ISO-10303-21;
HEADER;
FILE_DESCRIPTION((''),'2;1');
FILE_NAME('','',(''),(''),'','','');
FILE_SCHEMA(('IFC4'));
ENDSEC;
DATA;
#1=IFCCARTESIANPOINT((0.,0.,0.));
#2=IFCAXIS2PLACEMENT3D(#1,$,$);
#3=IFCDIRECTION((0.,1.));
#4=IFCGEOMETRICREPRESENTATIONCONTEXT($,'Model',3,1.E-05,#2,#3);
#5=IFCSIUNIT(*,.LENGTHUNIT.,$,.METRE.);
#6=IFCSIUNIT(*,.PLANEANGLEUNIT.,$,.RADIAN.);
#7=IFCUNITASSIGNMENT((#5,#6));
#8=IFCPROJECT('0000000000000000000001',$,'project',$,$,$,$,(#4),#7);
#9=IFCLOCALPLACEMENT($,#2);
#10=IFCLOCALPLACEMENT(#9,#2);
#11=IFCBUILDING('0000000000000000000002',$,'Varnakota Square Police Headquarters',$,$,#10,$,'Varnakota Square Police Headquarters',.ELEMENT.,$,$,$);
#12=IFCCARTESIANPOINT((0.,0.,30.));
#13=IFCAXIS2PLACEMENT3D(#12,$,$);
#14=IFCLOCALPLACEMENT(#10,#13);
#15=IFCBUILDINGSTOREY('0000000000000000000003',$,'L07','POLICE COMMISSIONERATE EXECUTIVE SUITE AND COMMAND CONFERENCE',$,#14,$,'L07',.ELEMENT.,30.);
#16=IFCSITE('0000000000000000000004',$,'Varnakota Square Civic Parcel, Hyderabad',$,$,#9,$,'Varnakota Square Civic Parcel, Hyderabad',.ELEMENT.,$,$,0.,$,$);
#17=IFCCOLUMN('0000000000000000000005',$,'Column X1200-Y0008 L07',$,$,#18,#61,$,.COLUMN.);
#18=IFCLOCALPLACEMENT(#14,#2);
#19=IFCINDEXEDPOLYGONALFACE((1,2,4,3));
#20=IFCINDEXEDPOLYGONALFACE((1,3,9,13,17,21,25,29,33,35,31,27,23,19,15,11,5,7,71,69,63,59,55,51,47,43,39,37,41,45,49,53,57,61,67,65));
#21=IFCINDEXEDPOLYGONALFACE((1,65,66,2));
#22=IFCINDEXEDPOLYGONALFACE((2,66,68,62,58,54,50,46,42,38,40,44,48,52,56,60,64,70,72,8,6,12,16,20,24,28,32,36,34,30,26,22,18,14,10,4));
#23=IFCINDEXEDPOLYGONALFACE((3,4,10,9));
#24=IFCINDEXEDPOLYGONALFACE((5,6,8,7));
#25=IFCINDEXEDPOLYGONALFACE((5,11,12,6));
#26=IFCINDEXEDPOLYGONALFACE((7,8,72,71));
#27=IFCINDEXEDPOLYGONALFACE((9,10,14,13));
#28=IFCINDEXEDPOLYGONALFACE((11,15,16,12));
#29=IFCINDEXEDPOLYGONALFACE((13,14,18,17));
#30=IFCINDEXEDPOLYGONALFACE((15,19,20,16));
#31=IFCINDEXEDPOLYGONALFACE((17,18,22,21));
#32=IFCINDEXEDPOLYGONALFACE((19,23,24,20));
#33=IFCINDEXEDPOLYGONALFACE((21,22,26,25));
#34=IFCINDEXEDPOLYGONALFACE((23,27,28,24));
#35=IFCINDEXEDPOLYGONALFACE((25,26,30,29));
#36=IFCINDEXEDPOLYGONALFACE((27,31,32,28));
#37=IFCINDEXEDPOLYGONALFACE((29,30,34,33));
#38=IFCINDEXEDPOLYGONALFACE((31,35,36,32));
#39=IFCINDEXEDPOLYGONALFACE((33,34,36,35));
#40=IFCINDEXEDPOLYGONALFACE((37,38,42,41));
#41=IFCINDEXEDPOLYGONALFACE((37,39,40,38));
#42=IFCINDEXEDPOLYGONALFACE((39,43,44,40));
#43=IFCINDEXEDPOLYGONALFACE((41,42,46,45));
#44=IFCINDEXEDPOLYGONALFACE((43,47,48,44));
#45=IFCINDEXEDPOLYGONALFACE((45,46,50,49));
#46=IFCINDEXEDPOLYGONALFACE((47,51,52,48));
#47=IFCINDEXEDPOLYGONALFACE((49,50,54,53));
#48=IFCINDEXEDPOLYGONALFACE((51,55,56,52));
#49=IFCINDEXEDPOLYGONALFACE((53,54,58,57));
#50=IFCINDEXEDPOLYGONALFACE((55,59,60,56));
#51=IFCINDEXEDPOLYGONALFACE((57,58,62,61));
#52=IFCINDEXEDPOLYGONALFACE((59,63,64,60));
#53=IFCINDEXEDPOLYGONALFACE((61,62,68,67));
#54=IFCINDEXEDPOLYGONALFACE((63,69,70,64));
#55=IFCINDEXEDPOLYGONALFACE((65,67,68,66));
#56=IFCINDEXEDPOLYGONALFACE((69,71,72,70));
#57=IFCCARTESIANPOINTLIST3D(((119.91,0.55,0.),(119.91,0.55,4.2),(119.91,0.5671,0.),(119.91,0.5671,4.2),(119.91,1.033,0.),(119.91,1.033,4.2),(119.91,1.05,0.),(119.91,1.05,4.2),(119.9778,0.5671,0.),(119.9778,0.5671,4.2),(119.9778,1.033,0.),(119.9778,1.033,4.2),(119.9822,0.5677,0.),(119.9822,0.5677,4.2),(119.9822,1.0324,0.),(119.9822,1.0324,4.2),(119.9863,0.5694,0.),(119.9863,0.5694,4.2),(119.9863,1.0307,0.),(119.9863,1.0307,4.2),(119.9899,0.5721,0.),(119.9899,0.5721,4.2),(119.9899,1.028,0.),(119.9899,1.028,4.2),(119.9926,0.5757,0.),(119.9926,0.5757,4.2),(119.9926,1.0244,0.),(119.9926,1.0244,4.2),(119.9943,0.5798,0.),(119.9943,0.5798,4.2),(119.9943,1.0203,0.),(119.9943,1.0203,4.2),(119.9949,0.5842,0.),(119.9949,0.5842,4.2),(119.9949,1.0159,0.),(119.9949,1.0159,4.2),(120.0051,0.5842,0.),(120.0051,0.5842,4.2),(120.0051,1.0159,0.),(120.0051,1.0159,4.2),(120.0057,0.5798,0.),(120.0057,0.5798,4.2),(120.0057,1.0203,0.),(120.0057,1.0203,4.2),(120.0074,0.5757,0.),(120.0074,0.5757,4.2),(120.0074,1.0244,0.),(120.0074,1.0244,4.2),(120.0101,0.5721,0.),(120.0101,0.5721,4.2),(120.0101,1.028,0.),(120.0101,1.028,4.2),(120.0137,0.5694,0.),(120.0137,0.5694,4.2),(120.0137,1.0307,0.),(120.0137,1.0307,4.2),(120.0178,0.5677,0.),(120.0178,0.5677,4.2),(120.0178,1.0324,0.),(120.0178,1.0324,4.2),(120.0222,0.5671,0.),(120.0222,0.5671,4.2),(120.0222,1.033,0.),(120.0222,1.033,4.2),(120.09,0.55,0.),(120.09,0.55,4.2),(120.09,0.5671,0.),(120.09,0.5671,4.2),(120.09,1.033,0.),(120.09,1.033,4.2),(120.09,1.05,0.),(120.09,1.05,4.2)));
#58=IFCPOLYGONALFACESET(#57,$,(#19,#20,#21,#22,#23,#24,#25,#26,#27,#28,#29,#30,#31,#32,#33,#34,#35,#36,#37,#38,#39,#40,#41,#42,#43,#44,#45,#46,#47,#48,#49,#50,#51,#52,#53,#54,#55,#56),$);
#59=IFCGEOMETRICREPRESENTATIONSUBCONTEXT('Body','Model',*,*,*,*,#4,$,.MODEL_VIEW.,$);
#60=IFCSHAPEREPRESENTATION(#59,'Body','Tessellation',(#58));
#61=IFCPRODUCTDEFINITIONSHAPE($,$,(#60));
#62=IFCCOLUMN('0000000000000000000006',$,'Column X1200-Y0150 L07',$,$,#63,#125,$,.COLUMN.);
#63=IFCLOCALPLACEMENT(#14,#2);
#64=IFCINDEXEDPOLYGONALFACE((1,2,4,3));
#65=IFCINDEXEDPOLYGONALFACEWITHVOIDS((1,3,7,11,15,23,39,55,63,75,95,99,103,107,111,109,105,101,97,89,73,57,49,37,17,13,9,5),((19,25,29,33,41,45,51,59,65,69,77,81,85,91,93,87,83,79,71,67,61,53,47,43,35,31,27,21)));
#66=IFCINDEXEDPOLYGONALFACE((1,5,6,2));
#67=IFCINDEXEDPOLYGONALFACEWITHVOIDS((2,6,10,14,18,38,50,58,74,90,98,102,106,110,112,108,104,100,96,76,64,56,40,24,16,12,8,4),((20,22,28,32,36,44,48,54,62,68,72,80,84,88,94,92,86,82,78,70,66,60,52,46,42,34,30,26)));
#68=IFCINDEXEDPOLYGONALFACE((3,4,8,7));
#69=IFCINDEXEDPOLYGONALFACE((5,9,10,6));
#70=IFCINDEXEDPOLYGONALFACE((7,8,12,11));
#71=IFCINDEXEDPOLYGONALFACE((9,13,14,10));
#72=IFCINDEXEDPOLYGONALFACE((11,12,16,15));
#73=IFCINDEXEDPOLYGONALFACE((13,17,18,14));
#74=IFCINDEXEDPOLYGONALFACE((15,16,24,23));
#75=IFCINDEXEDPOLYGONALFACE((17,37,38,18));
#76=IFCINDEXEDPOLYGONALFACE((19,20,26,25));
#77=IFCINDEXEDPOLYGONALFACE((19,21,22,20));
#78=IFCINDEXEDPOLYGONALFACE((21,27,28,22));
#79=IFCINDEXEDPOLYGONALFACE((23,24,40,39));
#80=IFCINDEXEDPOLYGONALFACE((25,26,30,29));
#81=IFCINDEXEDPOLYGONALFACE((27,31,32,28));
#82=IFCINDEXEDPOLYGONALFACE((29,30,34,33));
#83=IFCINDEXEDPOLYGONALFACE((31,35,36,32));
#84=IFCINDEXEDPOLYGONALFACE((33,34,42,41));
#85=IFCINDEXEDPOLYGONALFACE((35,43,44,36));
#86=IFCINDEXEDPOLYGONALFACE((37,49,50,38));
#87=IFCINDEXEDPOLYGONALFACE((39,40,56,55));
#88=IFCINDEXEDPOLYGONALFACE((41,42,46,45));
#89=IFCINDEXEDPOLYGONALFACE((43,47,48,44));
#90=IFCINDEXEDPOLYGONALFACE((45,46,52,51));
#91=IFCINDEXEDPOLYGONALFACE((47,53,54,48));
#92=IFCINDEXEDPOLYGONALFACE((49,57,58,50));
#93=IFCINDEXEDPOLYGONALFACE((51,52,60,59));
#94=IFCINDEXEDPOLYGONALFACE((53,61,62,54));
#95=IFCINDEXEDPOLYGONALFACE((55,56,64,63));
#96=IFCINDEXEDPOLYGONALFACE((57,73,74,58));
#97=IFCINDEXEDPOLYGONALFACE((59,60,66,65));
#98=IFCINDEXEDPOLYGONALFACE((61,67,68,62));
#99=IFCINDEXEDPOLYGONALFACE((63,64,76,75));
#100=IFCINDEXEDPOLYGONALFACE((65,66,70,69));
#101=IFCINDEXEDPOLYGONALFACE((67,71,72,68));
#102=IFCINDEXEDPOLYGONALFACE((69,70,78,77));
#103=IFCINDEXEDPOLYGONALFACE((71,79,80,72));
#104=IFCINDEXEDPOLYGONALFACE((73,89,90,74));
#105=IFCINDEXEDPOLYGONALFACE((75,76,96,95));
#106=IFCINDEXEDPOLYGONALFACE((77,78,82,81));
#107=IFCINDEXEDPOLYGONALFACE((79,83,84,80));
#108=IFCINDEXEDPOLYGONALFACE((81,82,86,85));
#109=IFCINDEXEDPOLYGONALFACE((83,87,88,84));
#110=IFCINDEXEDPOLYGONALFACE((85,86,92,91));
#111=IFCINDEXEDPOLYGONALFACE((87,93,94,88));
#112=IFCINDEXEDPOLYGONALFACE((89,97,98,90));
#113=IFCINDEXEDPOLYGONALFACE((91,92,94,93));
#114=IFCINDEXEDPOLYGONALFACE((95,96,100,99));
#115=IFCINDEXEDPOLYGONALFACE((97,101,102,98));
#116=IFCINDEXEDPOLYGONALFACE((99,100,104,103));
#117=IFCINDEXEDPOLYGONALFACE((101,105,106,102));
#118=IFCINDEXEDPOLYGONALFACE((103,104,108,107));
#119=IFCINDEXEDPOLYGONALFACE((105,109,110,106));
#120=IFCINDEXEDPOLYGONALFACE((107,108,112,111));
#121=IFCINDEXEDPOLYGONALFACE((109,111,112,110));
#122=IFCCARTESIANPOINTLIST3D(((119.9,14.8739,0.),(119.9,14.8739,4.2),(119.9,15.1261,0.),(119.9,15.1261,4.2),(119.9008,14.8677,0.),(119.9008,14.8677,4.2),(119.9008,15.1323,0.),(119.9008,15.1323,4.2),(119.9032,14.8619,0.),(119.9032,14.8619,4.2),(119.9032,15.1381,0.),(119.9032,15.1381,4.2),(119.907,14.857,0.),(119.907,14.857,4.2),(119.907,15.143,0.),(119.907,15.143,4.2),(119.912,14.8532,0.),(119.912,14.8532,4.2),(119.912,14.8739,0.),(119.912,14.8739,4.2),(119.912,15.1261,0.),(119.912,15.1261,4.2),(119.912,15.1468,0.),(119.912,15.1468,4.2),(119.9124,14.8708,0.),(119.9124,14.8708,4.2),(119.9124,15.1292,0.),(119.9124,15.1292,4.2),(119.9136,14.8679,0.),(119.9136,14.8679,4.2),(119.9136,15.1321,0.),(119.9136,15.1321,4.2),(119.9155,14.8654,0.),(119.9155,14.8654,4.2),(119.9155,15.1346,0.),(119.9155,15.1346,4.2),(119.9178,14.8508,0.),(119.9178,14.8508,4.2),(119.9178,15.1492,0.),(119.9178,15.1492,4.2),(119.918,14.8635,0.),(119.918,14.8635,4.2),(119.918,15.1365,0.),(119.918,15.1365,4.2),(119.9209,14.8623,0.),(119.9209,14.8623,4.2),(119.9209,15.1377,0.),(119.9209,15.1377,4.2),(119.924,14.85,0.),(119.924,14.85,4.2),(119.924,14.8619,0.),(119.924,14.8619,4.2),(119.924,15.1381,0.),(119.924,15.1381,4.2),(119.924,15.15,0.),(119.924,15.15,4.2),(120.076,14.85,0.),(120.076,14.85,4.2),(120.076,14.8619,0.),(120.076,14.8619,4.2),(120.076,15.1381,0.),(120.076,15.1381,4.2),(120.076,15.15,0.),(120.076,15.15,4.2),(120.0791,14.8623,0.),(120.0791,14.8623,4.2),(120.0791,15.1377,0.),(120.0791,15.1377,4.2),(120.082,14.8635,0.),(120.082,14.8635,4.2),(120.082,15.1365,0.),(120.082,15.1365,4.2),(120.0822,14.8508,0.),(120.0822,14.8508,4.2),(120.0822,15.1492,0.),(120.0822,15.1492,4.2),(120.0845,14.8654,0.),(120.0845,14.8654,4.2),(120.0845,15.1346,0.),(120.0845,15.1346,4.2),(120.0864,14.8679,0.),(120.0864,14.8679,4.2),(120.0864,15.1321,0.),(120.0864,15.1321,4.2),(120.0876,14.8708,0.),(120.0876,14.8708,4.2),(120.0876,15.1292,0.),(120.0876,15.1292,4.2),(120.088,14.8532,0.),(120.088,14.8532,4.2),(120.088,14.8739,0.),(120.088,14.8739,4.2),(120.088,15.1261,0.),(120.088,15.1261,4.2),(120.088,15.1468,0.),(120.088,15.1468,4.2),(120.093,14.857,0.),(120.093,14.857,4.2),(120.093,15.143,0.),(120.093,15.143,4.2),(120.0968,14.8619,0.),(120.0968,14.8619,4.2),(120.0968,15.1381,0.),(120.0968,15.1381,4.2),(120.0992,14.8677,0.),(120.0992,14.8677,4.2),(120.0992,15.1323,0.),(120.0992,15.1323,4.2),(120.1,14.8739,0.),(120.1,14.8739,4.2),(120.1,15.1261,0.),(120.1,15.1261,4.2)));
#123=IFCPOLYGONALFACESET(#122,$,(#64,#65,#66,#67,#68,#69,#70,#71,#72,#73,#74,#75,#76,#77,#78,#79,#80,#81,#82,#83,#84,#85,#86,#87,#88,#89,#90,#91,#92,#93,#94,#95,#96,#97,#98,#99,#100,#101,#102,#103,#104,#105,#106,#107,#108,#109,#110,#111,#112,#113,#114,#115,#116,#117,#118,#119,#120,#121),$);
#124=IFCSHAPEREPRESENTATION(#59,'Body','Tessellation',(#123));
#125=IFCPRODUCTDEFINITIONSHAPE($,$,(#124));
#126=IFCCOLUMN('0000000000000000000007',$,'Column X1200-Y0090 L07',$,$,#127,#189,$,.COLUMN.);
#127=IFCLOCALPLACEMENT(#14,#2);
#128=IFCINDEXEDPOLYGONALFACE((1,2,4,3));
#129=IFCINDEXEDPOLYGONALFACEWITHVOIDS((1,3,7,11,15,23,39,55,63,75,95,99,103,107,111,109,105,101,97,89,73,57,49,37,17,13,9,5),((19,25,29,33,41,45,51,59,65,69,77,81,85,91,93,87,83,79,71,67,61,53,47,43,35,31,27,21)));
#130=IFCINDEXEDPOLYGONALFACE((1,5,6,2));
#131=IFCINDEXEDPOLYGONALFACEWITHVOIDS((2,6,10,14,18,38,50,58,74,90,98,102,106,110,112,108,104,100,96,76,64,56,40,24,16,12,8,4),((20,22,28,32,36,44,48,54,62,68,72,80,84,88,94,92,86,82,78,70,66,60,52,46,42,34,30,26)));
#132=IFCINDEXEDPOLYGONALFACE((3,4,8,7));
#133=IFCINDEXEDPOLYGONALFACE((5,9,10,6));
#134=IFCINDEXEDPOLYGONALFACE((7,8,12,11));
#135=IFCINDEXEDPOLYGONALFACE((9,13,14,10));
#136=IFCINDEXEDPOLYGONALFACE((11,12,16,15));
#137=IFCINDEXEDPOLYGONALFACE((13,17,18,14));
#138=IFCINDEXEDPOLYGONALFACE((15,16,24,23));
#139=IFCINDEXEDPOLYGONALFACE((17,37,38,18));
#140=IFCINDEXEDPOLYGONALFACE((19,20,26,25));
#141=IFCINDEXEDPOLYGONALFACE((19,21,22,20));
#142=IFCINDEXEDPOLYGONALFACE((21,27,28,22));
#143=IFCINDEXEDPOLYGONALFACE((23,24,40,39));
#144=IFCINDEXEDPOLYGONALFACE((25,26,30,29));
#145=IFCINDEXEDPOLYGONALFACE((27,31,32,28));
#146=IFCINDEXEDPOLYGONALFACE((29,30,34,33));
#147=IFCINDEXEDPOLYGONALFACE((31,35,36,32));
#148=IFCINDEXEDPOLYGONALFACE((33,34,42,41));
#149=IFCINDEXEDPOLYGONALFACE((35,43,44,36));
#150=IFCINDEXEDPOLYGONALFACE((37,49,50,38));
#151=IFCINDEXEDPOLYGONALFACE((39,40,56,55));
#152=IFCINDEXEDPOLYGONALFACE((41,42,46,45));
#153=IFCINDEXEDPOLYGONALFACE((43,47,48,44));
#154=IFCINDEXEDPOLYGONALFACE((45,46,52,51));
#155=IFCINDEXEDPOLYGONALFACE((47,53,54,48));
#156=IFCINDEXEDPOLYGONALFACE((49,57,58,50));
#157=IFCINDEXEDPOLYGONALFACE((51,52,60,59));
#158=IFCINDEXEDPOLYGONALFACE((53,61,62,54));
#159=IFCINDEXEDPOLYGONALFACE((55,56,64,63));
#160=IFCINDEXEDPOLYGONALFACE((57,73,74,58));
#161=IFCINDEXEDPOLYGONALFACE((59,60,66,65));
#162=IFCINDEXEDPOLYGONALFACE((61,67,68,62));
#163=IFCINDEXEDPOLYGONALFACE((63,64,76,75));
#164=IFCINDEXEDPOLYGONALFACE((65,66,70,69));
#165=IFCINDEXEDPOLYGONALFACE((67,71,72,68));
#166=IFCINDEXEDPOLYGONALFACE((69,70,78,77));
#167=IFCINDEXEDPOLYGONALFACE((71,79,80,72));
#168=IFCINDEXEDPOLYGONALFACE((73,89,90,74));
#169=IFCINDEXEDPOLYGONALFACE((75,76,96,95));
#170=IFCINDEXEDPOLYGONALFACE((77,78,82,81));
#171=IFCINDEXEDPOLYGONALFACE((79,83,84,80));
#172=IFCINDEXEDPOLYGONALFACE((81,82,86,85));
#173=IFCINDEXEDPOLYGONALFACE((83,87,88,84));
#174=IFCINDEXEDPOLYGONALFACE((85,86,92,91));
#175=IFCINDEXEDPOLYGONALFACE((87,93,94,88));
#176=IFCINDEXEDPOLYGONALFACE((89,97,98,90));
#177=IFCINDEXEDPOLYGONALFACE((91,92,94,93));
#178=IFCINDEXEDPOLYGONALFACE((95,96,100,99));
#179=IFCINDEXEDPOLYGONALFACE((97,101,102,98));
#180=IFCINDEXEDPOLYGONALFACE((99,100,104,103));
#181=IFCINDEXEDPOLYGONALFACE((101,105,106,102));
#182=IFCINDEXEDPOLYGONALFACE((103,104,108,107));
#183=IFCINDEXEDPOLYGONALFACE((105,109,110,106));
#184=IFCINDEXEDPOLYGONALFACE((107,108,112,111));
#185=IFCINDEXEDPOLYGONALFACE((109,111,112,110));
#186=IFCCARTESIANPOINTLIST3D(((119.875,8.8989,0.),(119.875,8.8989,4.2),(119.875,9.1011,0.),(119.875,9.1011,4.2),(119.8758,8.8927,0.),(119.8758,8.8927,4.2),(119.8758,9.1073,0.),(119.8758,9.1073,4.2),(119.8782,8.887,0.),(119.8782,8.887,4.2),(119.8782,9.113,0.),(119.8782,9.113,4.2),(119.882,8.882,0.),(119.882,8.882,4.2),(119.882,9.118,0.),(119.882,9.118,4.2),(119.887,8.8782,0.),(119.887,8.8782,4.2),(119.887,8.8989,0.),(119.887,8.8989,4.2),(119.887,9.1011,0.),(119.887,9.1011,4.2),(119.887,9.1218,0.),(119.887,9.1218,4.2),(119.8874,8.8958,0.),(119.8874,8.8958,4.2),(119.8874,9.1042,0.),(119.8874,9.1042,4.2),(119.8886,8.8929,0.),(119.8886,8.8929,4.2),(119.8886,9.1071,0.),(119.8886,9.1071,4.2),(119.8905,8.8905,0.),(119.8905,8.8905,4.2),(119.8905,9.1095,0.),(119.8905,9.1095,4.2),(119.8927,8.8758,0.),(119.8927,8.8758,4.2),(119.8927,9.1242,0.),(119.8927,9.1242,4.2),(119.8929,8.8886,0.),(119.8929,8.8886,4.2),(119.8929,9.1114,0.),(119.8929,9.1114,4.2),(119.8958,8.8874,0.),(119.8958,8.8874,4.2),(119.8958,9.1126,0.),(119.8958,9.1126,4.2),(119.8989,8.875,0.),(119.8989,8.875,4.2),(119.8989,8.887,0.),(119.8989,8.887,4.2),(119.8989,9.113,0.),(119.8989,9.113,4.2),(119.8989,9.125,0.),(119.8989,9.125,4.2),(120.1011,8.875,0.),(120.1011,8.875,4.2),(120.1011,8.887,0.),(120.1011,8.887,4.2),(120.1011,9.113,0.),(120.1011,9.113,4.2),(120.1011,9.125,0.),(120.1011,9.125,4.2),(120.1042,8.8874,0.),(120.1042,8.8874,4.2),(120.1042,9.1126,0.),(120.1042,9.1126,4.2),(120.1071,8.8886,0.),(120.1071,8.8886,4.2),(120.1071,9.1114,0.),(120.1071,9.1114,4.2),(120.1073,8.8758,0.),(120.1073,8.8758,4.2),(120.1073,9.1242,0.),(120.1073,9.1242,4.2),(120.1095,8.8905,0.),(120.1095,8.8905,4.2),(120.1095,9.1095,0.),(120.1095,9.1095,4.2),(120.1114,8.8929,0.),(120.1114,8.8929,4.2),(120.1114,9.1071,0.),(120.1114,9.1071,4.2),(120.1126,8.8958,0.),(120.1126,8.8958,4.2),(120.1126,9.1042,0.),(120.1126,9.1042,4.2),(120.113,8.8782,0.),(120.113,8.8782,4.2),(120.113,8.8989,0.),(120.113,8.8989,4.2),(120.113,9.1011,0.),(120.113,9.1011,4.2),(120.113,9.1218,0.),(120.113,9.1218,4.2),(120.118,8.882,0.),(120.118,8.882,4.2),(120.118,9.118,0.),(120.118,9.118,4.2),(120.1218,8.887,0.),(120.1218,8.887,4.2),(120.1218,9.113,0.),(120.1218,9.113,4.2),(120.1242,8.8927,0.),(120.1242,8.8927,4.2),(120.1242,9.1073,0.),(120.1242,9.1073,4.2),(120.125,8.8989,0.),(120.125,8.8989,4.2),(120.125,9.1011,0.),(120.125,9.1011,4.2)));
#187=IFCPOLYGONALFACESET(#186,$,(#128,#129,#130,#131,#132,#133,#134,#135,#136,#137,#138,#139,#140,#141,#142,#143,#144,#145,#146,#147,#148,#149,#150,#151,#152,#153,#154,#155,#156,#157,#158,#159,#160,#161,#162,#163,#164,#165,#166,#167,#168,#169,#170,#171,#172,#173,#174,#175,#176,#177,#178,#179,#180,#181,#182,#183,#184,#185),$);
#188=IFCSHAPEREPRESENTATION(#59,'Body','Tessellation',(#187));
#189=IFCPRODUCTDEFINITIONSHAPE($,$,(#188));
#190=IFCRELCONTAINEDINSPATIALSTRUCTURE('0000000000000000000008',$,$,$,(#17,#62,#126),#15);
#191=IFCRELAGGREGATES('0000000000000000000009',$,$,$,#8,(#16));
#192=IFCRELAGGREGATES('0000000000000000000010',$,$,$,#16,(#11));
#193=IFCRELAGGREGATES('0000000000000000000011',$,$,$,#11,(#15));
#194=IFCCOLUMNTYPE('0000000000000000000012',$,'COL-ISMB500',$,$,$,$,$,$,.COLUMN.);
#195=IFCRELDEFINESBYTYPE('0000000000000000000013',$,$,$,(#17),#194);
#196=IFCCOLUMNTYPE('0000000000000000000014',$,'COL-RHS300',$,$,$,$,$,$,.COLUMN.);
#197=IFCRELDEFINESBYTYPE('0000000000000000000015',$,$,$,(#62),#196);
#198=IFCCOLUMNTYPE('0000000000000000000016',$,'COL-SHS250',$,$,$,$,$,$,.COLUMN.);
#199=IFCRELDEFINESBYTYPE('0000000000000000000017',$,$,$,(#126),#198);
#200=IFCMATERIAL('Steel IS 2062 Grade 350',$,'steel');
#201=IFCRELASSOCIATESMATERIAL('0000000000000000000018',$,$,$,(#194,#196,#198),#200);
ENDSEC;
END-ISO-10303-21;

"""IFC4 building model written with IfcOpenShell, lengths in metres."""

from ifc_helpers import new_model, si_unit, direction, frame, origin, origin_2d, place, context, subcontext, project, spatial, hollow_rectangle, i_section, extrude, material, material_profile, profile_set, type_object, element, save


model = new_model("IFC4")

# Units and contexts
model_context = context("Model", 3, precision=1e-05, world=origin(), true_north=direction((0.0, 1.0)))
body_context = subcontext(model_context, "Body", "Model", "MODEL_VIEW")
ifc_project = project(units=[si_unit("LENGTHUNIT", "METRE"), si_unit("PLANEANGLEUNIT", "RADIAN")], contexts=[model_context])

# Site, building, storey
site_placement = place(None, origin())
site = spatial("IfcSite", under=ifc_project, at=site_placement, Name="Varnakota Square Civic Parcel, Hyderabad", LongName="Varnakota Square Civic Parcel, Hyderabad", CompositionType="ELEMENT", RefElevation=0.0)
building_placement = place(site_placement, origin())
building = spatial("IfcBuilding", under=site, at=building_placement, Name="Varnakota Square Police Headquarters", LongName="Varnakota Square Police Headquarters", CompositionType="ELEMENT")
storey_placement = place(building_placement, frame((0.0, 0.0, 30.0)))
storey = spatial("IfcBuildingStorey", under=building, at=storey_placement, Name="L07", Description="POLICE COMMISSIONERATE EXECUTIVE SUITE AND COMMAND CONFERENCE", LongName="L07", CompositionType="ELEMENT", Elevation=30.0)

# Columns
ifc_material_1 = material(Name="Steel IS 2062 Grade 350", Category="steel")
ifc_material_profile_1 = material_profile(ifc_material_1, i_section(OverallWidth=0.1799, OverallDepth=0.5, WebThickness=0.0103, FlangeThickness=0.0171, FilletRadius=0.0171, at=origin_2d()), Name="ISMB 500")
ifc_profile_set_1 = profile_set([ifc_material_profile_1], Name="Steel IS 2062 Grade 350")
column_type_1 = type_object("IfcColumnType", Name="COL-ISMB500", PredefinedType="COLUMN", material=ifc_profile_set_1)
column_1_placement = place(storey_placement, frame((120.0, 0.8, 0.0), z_axis=(0.0, 0.0, 1.0), x_axis=(1.0, 0.0, 0.0)))
element("IfcColumn", 1, at=column_1_placement, inside=storey, type_object=column_type_1, Name="Column X1200-Y0008 L07", PredefinedType="COLUMN", context=body_context, shape_type="SweptSolid", body=[
    extrude(i_section(OverallWidth=0.1799, OverallDepth=0.5, WebThickness=0.0103, FlangeThickness=0.0171, FilletRadius=0.0171, at=origin_2d()), origin(), (0.0, 0.0, 1.0), 4.2),
])
ifc_material_profile_2 = material_profile(ifc_material_1, hollow_rectangle(XDim=0.2, YDim=0.3, WallThickness=0.012, InnerFilletRadius=0.012, OuterFilletRadius=0.0239, at=origin_2d()), Name="RHS 300x200x12")
ifc_profile_set_2 = profile_set([ifc_material_profile_2], Name="Steel IS 2062 Grade 350")
column_type_2 = type_object("IfcColumnType", Name="COL-RHS300", PredefinedType="COLUMN", material=ifc_profile_set_2)
column_2_placement = place(storey_placement, frame((120.0, 15.0, 0.0), z_axis=(0.0, 0.0, 1.0), x_axis=(1.0, 0.0, 0.0)))
element("IfcColumn", 2, at=column_2_placement, inside=storey, type_object=column_type_2, Name="Column X1200-Y0150 L07", PredefinedType="COLUMN", context=body_context, shape_type="SweptSolid", body=[
    extrude(hollow_rectangle(XDim=0.2, YDim=0.3, WallThickness=0.012, InnerFilletRadius=0.012, OuterFilletRadius=0.0239, at=origin_2d()), origin(), (0.0, 0.0, 1.0), 4.2),
])
ifc_material_profile_3 = material_profile(ifc_material_1, hollow_rectangle(XDim=0.25, YDim=0.25, WallThickness=0.012, InnerFilletRadius=0.012, OuterFilletRadius=0.0239, at=origin_2d()), Name="SHS 250x250x12")
ifc_profile_set_3 = profile_set([ifc_material_profile_3], Name="Steel IS 2062 Grade 350")
column_type_3 = type_object("IfcColumnType", Name="COL-SHS250", PredefinedType="COLUMN", material=ifc_profile_set_3)
column_3_placement = place(storey_placement, frame((120.0, 9.0, 0.0), z_axis=(0.0, 0.0, 1.0), x_axis=(1.0, 0.0, 0.0)))
element("IfcColumn", 3, at=column_3_placement, inside=storey, type_object=column_type_3, Name="Column X1200-Y0090 L07", PredefinedType="COLUMN", context=body_context, shape_type="SweptSolid", body=[
    extrude(hollow_rectangle(XDim=0.25, YDim=0.25, WallThickness=0.012, InnerFilletRadius=0.012, OuterFilletRadius=0.0239, at=origin_2d()), origin(), (0.0, 0.0, 1.0), 4.2),
])

save(model, "model.ifc")
